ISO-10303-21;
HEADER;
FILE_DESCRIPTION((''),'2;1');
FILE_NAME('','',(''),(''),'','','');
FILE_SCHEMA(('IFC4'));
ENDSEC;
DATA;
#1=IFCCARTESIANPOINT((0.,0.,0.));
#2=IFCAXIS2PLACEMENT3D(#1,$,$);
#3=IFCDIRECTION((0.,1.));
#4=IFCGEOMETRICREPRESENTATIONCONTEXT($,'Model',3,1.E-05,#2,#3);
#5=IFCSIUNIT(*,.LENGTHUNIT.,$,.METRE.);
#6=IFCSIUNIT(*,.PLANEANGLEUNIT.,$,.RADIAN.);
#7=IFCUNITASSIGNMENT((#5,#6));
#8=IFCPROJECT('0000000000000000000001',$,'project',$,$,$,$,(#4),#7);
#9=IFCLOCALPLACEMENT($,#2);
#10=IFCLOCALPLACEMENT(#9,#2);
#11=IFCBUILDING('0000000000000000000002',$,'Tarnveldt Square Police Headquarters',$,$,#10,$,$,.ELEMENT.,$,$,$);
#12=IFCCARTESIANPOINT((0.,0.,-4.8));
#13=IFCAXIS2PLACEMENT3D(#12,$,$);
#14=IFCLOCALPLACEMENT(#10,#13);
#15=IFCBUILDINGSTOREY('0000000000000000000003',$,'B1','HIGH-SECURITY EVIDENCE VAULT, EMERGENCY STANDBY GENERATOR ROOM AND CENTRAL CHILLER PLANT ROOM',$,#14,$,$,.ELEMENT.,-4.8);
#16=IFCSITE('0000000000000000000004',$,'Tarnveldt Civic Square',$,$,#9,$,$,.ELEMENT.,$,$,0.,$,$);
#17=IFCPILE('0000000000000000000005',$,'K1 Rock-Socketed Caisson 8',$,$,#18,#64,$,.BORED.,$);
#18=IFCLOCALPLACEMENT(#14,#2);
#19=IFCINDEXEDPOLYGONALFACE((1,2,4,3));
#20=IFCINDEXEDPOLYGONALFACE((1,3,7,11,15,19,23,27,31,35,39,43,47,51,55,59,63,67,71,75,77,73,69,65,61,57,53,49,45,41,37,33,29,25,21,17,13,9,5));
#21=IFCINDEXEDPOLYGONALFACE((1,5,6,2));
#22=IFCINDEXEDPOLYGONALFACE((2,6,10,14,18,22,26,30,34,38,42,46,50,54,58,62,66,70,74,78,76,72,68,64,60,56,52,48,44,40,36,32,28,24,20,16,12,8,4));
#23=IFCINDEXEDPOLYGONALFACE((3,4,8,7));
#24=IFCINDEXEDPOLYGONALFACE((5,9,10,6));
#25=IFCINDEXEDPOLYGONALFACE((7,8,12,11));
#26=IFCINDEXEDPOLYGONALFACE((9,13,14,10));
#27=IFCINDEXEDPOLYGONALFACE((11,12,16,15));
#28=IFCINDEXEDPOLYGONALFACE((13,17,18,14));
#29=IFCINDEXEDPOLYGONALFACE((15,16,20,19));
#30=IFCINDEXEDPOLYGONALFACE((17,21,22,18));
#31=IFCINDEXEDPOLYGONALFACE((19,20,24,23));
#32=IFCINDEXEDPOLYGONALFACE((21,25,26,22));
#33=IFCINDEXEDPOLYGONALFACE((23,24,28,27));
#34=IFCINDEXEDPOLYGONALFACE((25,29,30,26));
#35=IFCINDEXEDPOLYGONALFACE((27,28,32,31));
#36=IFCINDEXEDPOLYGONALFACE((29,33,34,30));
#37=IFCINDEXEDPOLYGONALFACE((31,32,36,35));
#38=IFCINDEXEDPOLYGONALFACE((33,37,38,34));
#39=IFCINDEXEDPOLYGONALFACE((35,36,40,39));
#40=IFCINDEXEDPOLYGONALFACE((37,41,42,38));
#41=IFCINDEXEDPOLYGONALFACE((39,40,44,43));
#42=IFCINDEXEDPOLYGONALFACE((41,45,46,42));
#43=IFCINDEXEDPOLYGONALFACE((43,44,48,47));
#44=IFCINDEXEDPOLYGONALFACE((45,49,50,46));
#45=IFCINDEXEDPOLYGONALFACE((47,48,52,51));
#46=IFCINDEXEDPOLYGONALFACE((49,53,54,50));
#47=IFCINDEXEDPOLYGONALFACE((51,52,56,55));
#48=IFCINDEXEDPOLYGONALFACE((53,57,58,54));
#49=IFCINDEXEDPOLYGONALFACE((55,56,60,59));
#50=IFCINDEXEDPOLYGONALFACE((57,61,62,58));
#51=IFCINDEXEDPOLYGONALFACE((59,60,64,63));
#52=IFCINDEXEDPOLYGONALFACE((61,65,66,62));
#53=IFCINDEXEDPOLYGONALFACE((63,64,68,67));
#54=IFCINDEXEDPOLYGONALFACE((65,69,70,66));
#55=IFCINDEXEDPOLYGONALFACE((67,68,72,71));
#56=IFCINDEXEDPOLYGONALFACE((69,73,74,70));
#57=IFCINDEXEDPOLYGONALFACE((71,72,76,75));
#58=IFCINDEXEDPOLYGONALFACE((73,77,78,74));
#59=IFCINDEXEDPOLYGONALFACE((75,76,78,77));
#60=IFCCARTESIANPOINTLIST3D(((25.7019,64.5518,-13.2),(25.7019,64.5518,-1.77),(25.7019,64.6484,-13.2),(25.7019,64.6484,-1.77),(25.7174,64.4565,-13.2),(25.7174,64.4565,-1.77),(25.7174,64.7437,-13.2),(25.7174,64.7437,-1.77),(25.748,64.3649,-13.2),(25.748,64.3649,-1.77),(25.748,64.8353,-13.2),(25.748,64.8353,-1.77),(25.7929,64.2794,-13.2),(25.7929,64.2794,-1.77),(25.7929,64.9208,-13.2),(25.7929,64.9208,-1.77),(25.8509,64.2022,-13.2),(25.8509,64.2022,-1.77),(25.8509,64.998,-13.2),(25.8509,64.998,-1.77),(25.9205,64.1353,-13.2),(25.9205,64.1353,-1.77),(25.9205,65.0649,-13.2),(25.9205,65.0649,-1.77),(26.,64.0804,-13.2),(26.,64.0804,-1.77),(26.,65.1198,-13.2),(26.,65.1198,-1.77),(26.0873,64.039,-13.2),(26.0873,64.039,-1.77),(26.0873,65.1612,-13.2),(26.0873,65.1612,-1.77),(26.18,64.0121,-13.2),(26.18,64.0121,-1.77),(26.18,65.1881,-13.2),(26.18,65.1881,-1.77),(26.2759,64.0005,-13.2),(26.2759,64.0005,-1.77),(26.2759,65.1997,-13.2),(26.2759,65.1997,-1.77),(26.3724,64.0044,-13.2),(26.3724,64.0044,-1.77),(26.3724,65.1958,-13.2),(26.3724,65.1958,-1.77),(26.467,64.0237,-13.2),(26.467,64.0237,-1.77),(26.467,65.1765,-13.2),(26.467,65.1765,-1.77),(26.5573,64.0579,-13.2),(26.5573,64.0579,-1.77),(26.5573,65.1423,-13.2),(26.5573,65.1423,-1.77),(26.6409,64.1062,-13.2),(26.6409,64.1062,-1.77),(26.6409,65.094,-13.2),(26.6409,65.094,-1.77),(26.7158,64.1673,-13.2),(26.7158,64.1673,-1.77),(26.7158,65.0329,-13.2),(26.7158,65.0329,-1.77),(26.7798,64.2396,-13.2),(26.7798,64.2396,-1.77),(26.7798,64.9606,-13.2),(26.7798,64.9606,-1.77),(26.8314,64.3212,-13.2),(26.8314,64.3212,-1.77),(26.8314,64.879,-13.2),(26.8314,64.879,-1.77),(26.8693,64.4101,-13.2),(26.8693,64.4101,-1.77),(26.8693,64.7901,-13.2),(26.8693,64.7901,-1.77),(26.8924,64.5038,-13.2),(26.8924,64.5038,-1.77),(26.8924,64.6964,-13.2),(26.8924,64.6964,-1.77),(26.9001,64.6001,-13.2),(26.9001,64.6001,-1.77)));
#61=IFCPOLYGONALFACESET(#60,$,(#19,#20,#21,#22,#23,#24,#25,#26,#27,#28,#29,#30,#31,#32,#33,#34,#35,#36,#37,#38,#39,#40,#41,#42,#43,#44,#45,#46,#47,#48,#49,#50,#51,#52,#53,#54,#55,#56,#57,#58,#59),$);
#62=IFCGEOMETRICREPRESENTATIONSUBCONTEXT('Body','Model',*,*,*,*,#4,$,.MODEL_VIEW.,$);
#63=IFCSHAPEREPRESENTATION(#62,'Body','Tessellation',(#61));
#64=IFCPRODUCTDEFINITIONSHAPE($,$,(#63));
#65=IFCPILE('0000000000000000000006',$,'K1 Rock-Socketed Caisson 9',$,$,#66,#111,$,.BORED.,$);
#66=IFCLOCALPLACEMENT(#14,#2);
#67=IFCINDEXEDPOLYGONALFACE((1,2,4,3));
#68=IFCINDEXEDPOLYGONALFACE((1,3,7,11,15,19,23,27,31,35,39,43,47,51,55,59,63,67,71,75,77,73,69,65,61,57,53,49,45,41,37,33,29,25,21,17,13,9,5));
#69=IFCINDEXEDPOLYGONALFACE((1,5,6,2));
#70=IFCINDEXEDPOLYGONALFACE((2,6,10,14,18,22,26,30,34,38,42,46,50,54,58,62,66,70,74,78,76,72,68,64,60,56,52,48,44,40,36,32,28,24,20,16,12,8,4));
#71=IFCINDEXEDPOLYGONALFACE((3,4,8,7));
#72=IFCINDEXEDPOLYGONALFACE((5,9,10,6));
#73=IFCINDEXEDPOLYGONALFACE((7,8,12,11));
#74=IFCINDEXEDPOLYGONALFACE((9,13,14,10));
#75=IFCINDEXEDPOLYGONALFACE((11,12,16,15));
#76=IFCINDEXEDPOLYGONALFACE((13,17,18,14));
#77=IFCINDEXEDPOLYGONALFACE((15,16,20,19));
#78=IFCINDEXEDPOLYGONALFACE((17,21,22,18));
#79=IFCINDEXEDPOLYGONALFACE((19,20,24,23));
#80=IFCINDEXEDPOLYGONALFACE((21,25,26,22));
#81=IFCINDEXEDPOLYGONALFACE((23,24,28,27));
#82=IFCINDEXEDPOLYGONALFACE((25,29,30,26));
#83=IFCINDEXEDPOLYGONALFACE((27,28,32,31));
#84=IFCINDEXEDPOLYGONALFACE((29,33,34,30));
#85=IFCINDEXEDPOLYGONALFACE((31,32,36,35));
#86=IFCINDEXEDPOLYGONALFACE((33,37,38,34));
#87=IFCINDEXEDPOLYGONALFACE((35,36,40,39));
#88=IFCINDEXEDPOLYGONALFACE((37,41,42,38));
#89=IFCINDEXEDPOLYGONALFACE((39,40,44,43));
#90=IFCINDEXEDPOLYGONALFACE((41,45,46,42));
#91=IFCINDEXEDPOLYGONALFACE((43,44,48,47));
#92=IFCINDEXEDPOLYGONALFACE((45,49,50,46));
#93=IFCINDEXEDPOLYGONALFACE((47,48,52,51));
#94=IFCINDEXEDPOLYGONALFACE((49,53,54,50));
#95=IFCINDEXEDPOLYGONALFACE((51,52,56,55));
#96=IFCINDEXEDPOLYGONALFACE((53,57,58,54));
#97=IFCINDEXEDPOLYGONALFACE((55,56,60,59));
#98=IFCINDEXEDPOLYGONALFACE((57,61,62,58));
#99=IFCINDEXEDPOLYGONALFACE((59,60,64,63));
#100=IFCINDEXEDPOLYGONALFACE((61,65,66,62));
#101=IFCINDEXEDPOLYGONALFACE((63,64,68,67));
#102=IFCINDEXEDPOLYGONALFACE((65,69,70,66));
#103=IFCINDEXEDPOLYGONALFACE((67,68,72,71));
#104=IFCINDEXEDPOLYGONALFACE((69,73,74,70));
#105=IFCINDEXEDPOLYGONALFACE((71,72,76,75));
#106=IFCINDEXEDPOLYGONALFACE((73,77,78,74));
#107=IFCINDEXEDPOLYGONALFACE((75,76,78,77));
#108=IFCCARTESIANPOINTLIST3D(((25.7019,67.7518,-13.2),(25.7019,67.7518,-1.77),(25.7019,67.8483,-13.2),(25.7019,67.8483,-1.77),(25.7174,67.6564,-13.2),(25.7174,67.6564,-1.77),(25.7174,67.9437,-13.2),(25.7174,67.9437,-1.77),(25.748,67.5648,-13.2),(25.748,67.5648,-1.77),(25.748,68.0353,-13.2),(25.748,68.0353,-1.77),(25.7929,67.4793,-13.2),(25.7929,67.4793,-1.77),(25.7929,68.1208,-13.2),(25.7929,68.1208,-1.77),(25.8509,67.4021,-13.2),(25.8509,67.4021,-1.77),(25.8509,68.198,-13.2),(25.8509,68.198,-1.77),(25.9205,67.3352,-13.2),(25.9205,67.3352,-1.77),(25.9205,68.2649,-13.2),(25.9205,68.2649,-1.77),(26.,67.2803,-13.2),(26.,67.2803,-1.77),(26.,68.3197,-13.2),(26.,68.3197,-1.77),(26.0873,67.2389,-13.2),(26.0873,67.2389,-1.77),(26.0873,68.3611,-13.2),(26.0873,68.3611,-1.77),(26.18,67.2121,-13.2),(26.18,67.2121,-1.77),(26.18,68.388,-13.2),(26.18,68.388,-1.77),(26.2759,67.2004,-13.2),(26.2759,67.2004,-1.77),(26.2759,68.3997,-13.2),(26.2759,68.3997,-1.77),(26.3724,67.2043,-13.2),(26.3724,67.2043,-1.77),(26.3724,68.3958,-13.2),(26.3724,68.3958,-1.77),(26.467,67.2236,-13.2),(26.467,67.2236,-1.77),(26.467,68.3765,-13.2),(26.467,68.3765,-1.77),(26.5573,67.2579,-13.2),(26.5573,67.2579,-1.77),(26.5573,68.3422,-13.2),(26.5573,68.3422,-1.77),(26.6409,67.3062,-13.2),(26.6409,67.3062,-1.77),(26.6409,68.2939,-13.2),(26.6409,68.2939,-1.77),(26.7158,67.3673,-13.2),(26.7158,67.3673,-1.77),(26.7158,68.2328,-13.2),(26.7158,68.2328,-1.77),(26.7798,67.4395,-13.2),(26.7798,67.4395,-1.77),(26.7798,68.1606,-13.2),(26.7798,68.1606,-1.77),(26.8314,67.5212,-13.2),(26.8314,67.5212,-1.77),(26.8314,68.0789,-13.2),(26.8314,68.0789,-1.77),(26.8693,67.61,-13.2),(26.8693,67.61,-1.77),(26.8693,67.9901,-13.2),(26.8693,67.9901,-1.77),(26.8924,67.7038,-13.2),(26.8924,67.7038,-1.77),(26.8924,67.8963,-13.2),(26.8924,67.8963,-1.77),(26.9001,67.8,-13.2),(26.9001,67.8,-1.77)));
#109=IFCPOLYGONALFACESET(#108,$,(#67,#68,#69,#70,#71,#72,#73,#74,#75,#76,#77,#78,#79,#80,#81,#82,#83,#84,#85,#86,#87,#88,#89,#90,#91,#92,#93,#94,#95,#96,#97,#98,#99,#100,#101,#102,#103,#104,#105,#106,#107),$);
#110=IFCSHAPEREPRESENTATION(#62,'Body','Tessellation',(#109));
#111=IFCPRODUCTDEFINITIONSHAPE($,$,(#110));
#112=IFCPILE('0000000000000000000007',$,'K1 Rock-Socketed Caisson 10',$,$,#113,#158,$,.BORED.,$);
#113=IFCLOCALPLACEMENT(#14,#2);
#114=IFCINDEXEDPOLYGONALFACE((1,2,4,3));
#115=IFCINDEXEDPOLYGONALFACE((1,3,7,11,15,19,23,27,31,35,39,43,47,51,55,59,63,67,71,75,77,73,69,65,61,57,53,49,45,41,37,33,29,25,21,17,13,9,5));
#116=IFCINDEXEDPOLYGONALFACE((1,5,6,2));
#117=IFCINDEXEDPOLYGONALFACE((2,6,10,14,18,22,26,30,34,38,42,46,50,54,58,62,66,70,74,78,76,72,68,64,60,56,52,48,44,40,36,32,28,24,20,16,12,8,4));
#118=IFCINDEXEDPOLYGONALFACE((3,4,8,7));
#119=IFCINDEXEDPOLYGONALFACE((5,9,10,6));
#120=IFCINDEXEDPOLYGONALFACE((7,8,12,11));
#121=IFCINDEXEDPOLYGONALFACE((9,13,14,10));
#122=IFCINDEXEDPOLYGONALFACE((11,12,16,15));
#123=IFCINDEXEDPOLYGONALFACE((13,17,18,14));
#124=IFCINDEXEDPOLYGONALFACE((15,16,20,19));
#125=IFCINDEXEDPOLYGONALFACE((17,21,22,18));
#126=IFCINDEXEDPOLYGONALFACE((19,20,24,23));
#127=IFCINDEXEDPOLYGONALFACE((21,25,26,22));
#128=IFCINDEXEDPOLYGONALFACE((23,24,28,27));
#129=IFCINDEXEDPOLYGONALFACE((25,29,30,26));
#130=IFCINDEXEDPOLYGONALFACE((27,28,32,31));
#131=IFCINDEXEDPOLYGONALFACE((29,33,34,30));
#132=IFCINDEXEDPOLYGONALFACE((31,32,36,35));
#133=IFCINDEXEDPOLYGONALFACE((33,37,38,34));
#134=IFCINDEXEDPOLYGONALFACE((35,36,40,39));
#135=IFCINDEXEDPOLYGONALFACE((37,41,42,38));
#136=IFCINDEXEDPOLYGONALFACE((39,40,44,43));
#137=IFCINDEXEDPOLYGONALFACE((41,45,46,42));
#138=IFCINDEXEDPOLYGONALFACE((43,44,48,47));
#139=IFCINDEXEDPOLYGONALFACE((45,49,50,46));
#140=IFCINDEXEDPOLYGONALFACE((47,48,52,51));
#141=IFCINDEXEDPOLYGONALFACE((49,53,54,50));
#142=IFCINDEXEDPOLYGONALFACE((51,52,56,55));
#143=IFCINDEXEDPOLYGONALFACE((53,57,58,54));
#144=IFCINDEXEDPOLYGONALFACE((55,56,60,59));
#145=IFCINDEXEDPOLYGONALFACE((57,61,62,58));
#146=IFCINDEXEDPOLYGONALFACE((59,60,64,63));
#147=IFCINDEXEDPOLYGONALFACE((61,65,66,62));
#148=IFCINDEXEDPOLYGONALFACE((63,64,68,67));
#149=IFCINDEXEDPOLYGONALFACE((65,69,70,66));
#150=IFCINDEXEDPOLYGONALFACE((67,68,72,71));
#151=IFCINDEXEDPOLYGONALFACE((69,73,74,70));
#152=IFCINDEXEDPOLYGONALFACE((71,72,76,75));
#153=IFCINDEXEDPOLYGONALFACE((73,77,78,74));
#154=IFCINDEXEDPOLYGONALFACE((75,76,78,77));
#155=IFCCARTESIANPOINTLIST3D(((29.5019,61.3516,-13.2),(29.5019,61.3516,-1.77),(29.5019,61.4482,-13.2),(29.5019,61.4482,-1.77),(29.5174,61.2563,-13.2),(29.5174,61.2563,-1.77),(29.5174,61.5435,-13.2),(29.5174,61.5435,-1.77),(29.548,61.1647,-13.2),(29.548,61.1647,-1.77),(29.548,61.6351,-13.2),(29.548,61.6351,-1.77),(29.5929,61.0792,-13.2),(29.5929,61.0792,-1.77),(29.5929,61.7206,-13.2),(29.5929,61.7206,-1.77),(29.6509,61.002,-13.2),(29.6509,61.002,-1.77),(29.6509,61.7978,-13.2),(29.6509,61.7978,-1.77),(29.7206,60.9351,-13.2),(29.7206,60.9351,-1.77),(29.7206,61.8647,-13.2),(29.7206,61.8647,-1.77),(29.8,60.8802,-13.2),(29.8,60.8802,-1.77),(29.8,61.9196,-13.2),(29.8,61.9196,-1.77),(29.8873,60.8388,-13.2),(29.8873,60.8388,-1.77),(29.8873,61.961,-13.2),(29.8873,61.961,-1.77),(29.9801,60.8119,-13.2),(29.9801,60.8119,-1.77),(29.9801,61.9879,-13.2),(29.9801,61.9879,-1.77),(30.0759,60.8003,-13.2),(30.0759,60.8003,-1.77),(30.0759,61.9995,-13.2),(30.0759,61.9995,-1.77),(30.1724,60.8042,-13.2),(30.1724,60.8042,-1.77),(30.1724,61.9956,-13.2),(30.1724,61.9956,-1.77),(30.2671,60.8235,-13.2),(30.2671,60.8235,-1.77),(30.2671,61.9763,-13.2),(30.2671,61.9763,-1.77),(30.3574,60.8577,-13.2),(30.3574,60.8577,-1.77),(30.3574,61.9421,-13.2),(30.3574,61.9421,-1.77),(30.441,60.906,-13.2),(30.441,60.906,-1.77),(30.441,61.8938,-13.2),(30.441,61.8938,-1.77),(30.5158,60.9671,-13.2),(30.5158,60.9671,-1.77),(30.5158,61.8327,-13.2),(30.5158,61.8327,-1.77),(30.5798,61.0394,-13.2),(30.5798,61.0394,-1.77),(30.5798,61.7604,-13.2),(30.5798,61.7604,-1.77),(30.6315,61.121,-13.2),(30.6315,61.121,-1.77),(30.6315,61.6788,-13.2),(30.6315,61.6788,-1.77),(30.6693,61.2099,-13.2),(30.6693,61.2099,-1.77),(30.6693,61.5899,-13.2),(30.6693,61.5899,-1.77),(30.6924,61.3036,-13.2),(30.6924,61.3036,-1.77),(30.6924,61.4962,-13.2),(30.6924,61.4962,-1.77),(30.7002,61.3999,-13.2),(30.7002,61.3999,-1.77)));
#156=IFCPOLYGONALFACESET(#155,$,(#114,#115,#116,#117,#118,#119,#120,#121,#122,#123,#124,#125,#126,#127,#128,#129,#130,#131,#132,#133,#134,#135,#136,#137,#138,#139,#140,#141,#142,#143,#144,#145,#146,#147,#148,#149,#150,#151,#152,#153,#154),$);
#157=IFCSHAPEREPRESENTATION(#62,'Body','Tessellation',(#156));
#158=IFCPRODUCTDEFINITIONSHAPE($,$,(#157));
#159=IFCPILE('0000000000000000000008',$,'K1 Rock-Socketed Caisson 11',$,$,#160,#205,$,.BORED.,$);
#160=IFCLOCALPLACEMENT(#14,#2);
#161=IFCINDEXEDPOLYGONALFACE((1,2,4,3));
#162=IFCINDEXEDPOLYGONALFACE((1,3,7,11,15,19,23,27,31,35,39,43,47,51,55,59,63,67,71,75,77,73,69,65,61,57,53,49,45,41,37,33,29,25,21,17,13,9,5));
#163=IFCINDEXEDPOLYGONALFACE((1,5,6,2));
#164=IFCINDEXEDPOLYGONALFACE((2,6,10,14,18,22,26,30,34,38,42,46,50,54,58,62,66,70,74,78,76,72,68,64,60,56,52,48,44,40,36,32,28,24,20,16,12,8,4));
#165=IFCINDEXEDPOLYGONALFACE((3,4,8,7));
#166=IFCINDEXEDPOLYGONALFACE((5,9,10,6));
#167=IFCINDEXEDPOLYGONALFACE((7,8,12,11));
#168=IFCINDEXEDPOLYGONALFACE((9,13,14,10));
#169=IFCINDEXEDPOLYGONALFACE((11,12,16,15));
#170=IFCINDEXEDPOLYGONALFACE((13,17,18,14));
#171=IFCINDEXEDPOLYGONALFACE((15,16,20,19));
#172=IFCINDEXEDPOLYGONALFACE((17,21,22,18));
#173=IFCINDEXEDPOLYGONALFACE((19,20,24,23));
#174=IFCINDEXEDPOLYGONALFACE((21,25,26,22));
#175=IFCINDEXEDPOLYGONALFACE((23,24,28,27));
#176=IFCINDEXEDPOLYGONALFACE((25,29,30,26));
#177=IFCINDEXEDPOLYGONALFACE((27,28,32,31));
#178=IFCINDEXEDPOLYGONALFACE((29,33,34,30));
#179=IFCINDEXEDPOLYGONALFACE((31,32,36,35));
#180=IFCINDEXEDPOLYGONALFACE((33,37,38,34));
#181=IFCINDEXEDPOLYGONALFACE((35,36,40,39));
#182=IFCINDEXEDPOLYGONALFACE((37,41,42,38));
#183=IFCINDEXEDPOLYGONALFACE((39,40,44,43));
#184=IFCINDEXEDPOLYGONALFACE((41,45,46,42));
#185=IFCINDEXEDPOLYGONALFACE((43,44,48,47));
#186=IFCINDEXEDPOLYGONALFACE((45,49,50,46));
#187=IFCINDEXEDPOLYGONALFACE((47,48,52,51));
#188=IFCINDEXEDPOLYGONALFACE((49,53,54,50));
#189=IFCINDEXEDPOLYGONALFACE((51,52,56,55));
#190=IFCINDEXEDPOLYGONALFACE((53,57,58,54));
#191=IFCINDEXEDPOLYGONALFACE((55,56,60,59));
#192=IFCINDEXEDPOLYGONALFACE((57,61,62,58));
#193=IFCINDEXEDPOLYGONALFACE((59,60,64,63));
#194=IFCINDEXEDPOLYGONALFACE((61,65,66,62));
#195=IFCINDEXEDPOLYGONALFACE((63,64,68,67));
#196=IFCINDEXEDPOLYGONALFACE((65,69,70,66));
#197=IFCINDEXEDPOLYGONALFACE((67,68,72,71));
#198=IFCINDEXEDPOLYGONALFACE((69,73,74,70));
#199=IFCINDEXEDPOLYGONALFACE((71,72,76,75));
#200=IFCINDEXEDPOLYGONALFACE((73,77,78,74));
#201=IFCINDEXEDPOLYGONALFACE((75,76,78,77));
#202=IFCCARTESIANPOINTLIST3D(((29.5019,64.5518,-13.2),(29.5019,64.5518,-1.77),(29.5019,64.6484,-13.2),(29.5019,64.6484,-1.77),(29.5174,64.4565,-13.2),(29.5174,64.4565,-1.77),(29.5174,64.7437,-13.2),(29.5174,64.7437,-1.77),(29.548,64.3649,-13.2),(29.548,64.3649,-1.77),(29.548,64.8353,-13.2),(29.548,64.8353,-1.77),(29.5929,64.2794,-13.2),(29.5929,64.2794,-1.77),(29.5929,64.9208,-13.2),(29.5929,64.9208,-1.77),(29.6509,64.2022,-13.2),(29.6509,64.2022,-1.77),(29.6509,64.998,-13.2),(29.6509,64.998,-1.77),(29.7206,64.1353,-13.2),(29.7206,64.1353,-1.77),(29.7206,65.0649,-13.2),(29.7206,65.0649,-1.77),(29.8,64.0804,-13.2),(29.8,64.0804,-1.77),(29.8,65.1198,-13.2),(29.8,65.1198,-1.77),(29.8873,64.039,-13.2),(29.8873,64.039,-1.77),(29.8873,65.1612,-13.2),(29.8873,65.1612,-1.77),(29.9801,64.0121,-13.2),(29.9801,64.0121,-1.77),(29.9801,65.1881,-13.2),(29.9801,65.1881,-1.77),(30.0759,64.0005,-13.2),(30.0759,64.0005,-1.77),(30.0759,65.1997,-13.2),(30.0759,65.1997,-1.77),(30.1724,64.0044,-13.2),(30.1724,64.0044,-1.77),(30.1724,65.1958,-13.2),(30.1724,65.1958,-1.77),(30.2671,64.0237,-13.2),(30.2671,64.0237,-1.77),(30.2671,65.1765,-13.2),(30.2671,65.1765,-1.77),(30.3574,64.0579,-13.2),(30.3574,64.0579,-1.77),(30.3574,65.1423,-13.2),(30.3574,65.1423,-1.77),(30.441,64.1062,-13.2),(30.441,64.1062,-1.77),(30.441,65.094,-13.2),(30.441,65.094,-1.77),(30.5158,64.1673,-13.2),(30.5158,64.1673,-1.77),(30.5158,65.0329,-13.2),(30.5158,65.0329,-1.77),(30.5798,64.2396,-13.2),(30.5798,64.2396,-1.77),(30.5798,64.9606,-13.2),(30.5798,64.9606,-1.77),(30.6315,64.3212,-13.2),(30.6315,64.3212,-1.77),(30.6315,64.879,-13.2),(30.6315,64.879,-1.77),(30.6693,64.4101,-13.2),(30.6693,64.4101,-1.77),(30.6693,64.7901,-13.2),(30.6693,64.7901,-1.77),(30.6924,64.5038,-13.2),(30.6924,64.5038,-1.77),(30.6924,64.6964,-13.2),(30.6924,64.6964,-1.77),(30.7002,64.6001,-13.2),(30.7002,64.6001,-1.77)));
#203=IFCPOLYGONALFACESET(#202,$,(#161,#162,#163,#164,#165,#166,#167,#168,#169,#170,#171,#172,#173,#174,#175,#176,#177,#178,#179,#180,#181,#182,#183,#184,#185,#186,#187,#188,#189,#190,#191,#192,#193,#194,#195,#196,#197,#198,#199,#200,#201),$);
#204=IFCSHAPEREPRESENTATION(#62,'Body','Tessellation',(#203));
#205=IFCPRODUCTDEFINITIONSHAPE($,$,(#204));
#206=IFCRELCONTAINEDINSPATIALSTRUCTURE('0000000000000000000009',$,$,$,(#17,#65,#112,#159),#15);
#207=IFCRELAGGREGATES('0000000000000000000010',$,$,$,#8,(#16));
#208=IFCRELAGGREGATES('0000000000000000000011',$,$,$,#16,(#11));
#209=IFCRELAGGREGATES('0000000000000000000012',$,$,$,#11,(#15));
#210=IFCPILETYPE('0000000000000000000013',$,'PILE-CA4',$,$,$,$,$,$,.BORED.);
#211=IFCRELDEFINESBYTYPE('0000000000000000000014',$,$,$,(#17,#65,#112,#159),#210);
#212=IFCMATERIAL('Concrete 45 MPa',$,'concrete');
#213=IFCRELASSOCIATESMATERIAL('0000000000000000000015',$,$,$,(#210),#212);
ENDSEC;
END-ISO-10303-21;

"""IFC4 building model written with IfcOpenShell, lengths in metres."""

from ifc_helpers import new_model, si_unit, direction, frame, origin, origin_2d, place, context, subcontext, project, spatial, circle, extrude, material, material_profile, profile_set, type_object, element, save


model = new_model("IFC4")

# Units and contexts
model_context = context("Model", 3, precision=1e-05, world=origin(), true_north=direction((0.0, 1.0)))
body_context = subcontext(model_context, "Body", "Model", "MODEL_VIEW")
ifc_project = project(units=[si_unit("LENGTHUNIT", "METRE"), si_unit("PLANEANGLEUNIT", "RADIAN")], contexts=[model_context])

# Site, building, storey
site_placement = place(None, origin())
site = spatial("IfcSite", under=ifc_project, at=site_placement, Name="Tarnveldt Civic Square", CompositionType="ELEMENT", RefElevation=0.0)
building_placement = place(site_placement, origin())
building = spatial("IfcBuilding", under=site, at=building_placement, Name="Tarnveldt Square Police Headquarters", CompositionType="ELEMENT")
storey_placement = place(building_placement, frame((0.0, 0.0, -4.8)))
storey = spatial("IfcBuildingStorey", under=building, at=storey_placement, Name="B1", Description="HIGH-SECURITY EVIDENCE VAULT, EMERGENCY STANDBY GENERATOR ROOM AND CENTRAL CHILLER PLANT ROOM", CompositionType="ELEMENT", Elevation=-4.8)

# Shared definitions
ifc_material_1 = material(Name="Concrete 45 MPa", Category="concrete")

# Piles
ifc_material_profile_1 = material_profile(ifc_material_1, circle(Radius=0.6001, at=origin_2d()), Name="CAISSON-D1200")
ifc_profile_set_1 = profile_set([ifc_material_profile_1], Name="Concrete 45 MPa")
pile_type_1 = type_object("IfcPileType", Name="PILE-CA4", PredefinedType="BORED", material=ifc_profile_set_1)
for number, where, z_axis, x_axis, name in (
    (1, (26.3, 64.6001, -1.77), (0.0, 0.0, -1.0), (1.0, 0.0, 0.0), "K1 Rock-Socketed Caisson 8"),
    (2, (26.3, 67.8, -1.77), (0.0, 0.0, -1.0), (1.0, 0.0, 0.0), "K1 Rock-Socketed Caisson 9"),
    (3, (30.1001, 61.3999, -1.77), (0.0, 0.0, -1.0), (1.0, 0.0, 0.0), "K1 Rock-Socketed Caisson 10"),
    (4, (30.1001, 64.6001, -1.77), (0.0, 0.0, -1.0), (1.0, 0.0, 0.0), "K1 Rock-Socketed Caisson 11"),
):
    element("IfcPile", number, at=place(storey_placement, frame(where, z_axis=z_axis, x_axis=x_axis)), inside=storey, type_object=pile_type_1, Name=name, PredefinedType="BORED", context=body_context, shape_type="SweptSolid", body=[
        extrude(circle(Radius=0.6001, at=origin_2d()), origin(), (0.0, 0.0, 1.0), 11.4299),
    ])

save(model, "model.ifc")
